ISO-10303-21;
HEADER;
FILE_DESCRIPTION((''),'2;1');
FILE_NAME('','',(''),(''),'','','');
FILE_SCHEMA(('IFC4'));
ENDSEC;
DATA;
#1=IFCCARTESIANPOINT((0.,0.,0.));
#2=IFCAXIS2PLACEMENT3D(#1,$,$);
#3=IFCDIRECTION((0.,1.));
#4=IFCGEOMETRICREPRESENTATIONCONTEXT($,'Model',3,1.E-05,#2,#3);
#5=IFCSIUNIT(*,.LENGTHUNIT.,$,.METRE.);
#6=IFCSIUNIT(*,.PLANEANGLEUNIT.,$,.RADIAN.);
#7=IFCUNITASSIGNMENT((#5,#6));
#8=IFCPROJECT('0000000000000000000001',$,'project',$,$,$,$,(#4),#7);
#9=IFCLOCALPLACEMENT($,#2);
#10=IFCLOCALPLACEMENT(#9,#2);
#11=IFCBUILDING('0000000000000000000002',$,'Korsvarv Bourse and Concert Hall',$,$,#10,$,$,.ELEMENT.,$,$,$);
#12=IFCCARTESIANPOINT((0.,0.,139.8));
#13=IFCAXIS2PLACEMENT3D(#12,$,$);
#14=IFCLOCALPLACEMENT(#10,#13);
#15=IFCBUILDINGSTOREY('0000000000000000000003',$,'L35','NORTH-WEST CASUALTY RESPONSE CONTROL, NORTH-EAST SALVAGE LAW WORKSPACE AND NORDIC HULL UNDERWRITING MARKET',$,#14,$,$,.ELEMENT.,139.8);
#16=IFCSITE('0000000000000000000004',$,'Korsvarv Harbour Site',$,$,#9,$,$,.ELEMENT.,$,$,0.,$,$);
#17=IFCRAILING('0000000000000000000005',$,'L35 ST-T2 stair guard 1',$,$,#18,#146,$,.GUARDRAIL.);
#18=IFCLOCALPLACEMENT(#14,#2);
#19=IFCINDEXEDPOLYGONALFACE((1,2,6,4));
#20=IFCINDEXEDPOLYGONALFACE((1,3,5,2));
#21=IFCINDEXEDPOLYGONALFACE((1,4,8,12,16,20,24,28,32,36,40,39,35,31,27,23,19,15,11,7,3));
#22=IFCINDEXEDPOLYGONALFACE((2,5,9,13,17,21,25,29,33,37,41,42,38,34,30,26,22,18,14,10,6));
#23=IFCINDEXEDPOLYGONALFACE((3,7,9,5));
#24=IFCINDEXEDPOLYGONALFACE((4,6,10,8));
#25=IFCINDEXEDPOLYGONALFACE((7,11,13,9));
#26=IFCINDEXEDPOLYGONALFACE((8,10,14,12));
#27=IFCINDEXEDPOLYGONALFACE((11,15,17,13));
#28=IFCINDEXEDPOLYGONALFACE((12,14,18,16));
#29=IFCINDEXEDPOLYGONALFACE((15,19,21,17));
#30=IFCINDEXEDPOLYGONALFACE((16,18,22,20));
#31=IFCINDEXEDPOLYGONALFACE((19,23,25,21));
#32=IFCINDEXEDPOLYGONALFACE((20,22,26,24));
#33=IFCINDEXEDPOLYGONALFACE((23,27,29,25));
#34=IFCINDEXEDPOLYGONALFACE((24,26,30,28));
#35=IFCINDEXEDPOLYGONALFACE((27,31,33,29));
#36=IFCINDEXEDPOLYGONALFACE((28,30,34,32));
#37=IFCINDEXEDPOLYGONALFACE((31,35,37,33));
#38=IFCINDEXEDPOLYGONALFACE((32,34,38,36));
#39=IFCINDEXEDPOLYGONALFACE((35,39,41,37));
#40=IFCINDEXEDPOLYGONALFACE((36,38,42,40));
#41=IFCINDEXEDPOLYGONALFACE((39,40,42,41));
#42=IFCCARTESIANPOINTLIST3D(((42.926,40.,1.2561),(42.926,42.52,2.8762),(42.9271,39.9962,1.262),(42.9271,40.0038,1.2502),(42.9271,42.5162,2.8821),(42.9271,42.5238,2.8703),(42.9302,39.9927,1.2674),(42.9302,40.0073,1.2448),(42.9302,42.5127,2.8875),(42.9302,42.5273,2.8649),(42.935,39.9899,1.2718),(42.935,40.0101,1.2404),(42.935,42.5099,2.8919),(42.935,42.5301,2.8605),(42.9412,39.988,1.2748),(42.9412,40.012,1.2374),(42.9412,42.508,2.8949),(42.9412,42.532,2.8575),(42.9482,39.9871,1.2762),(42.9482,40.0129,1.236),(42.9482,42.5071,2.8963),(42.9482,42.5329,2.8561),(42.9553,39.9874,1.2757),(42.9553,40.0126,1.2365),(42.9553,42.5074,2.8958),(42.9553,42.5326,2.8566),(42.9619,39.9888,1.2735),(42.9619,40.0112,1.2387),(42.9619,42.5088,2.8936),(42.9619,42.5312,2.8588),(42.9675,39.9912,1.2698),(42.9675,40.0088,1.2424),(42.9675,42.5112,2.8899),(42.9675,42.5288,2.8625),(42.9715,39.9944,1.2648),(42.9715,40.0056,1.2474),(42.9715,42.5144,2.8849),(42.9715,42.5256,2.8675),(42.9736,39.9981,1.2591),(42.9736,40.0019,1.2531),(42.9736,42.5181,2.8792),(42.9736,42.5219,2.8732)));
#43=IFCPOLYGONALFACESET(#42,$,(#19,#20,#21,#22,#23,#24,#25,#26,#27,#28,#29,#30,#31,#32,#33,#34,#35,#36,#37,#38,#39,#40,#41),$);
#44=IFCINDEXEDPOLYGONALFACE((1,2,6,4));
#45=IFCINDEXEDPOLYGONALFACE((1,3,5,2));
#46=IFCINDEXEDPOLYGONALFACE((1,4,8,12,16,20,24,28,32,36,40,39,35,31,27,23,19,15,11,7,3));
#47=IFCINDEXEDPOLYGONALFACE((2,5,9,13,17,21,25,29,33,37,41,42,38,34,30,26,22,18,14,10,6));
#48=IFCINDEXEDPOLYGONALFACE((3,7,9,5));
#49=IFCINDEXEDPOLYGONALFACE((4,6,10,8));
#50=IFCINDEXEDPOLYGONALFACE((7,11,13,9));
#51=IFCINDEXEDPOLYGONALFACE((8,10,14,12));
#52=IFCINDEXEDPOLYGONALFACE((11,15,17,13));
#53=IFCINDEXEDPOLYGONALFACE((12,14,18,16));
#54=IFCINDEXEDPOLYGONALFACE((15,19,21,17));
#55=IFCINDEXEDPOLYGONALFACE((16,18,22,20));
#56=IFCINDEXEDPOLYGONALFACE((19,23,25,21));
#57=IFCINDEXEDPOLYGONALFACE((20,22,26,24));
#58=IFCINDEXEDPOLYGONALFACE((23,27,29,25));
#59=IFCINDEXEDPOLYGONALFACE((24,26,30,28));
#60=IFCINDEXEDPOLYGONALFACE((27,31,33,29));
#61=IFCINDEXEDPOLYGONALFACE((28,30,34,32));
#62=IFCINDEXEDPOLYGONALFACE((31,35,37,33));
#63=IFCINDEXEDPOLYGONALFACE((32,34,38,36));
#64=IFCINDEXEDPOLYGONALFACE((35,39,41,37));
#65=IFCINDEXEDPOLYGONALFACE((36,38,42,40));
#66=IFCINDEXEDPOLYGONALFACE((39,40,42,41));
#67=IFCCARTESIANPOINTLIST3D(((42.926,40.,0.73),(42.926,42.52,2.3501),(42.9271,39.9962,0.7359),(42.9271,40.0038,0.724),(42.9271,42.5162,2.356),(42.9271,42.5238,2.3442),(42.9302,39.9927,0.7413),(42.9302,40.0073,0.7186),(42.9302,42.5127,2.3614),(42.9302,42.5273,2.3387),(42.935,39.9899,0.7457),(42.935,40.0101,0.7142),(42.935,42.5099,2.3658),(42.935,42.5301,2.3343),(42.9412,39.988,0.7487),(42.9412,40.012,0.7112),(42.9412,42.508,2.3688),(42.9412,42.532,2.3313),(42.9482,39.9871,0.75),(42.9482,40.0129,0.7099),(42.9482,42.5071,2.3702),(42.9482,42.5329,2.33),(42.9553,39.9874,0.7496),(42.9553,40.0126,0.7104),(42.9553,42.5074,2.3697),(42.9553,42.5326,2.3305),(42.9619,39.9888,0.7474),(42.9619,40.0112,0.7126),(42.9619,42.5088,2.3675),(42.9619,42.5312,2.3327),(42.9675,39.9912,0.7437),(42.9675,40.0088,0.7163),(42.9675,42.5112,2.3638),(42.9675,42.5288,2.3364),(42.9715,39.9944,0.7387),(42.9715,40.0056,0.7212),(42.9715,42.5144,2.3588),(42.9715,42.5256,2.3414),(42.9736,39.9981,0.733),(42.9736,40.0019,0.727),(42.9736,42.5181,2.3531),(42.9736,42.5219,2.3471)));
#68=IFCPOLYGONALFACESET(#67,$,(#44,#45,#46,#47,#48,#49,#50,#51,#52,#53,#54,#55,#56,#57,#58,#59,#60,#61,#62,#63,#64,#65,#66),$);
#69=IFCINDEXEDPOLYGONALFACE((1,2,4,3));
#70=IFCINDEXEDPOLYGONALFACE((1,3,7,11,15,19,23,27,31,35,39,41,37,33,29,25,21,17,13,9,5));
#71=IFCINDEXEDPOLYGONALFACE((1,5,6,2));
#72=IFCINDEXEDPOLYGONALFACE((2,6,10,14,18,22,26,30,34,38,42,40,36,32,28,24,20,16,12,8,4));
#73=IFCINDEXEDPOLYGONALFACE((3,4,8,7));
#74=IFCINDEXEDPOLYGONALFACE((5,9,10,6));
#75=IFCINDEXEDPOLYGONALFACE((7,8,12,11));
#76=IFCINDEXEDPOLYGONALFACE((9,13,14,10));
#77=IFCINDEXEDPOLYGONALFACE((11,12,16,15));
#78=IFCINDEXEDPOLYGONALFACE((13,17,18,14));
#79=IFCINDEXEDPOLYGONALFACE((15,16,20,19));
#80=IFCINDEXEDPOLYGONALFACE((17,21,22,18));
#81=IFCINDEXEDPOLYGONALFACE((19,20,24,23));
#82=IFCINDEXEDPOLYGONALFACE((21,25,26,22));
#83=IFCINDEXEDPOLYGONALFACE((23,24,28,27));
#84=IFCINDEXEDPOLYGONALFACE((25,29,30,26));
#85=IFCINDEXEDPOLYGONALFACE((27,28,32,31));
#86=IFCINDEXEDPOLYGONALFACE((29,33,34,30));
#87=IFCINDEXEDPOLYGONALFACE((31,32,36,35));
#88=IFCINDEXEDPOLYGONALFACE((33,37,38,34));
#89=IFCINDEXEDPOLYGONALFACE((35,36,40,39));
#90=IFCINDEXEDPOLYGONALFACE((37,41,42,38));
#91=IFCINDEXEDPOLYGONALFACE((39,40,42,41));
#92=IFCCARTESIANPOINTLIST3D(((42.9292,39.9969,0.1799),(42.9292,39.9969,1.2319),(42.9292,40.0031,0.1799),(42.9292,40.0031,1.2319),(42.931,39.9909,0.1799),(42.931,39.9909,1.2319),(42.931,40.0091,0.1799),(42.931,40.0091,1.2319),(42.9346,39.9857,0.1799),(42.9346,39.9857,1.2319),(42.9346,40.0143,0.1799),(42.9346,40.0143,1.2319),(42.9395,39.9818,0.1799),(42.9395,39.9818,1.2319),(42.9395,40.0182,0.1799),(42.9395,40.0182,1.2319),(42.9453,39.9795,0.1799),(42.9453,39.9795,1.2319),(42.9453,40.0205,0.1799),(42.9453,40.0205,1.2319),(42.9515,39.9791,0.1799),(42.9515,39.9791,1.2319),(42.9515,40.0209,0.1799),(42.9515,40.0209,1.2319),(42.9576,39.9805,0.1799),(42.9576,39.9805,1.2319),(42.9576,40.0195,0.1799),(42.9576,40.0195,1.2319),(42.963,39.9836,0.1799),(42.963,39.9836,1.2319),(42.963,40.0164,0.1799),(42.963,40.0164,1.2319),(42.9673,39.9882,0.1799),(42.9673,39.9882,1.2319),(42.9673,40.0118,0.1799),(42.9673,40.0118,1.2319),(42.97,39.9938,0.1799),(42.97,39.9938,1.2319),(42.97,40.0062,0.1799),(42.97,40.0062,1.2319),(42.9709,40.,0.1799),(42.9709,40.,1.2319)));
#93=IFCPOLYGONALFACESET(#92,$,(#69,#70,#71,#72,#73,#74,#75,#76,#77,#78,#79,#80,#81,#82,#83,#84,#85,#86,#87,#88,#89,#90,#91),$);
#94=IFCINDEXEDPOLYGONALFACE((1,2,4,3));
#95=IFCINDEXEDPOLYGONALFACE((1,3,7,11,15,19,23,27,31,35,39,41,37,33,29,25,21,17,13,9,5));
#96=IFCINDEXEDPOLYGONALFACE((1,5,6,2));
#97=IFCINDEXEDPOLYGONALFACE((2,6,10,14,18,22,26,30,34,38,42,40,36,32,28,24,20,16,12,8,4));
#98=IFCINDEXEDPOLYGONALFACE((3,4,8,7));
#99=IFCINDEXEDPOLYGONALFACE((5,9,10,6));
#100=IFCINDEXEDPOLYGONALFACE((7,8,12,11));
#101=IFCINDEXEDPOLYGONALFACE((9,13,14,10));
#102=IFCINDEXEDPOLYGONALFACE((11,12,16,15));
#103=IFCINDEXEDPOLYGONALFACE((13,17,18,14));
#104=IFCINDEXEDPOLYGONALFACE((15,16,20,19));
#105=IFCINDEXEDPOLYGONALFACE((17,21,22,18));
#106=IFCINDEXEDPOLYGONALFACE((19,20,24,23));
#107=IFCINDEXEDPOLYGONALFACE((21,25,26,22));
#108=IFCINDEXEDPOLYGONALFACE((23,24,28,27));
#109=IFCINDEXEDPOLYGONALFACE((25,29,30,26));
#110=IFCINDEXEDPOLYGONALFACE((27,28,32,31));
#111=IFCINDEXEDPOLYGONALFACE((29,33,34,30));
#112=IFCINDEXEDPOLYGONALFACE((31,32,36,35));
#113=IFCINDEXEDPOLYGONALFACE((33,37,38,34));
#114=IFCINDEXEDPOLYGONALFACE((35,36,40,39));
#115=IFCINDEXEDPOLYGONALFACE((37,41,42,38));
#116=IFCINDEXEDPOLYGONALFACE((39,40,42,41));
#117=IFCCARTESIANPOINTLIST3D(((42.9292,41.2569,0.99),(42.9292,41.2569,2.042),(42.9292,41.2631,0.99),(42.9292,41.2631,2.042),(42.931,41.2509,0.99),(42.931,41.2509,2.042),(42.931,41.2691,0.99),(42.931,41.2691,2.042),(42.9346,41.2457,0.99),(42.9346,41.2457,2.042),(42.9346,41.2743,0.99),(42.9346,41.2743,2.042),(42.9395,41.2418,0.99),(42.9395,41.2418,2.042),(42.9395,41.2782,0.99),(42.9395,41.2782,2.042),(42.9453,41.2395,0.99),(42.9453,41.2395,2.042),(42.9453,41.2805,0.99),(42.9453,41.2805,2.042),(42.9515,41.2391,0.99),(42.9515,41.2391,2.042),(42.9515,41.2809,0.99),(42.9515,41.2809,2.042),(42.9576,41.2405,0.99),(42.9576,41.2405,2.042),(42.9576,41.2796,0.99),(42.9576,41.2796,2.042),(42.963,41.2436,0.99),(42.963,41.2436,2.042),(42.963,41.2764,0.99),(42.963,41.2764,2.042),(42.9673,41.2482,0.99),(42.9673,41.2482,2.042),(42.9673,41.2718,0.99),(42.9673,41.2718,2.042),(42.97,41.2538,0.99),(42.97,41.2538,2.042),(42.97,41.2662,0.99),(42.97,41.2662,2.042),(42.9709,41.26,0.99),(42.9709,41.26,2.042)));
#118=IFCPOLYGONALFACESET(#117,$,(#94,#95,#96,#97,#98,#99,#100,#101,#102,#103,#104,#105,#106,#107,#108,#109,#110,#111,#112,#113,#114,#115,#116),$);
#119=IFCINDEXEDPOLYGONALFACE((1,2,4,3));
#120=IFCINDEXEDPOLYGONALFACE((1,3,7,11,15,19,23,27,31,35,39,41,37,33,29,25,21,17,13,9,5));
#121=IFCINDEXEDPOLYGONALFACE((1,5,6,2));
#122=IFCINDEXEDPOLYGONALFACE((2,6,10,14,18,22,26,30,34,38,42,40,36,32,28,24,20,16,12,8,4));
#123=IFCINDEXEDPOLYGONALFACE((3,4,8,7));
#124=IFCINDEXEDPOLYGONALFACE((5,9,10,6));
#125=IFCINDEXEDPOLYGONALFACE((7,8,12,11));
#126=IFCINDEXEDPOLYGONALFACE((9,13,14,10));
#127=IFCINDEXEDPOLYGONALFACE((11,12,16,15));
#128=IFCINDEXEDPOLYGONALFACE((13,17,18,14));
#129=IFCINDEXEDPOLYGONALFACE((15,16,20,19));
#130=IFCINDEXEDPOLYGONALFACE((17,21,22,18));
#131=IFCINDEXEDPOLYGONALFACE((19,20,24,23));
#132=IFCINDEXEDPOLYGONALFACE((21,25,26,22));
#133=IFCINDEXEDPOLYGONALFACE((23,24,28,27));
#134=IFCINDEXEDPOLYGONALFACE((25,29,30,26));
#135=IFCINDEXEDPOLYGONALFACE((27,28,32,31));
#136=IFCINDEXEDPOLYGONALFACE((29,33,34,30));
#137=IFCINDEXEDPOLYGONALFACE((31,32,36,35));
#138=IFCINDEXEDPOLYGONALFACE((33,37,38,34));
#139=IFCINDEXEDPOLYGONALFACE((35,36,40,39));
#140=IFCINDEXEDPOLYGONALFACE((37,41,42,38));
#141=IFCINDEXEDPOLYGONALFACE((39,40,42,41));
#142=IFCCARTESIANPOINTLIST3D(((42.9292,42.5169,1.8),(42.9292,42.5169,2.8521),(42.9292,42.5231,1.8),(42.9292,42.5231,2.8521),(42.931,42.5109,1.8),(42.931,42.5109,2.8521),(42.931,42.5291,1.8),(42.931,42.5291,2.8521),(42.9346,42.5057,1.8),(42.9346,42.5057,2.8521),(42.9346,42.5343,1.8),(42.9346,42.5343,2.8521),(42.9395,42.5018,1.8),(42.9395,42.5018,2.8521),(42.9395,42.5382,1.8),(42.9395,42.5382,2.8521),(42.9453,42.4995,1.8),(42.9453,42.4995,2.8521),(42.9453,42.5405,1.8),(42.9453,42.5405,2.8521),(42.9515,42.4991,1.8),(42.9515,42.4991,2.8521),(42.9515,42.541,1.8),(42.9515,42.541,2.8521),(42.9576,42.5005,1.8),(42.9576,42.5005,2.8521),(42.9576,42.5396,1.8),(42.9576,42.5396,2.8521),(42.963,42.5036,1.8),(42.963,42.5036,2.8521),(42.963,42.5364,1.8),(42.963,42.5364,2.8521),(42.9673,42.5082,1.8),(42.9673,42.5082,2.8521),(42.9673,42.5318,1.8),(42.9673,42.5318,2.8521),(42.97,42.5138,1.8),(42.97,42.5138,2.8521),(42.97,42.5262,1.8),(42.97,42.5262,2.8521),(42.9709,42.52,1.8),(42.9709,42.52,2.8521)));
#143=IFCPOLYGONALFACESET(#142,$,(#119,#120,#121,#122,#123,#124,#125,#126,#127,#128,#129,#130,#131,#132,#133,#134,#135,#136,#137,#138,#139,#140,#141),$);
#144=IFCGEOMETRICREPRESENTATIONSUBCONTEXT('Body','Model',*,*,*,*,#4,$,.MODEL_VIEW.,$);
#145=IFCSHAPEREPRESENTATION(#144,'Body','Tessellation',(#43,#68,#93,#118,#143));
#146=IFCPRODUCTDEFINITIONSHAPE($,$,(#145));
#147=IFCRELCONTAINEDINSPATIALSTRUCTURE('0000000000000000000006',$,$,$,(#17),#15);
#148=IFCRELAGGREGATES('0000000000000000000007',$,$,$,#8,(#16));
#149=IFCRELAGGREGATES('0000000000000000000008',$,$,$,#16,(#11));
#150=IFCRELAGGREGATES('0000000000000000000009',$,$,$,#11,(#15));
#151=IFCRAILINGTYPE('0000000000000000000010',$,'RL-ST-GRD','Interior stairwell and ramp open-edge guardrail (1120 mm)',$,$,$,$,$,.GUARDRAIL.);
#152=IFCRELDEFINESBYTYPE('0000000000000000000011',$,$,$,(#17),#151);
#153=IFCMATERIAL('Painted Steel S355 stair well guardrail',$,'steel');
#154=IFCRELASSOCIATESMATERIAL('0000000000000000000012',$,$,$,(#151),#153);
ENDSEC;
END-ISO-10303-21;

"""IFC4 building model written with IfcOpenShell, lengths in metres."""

from ifc_helpers import new_model, si_unit, direction, frame, origin, origin_2d, place, context, subcontext, project, spatial, circle, extrude, material, type_object, element, save


model = new_model("IFC4")

# Units and contexts
model_context = context("Model", 3, precision=1e-05, world=origin(), true_north=direction((0.0, 1.0)))
body_context = subcontext(model_context, "Body", "Model", "MODEL_VIEW")
ifc_project = project(units=[si_unit("LENGTHUNIT", "METRE"), si_unit("PLANEANGLEUNIT", "RADIAN")], contexts=[model_context])

# Site, building, storey
site_placement = place(None, origin())
site = spatial("IfcSite", under=ifc_project, at=site_placement, Name="Korsvarv Harbour Site", CompositionType="ELEMENT", RefElevation=0.0)
building_placement = place(site_placement, origin())
building = spatial("IfcBuilding", under=site, at=building_placement, Name="Korsvarv Bourse and Concert Hall", CompositionType="ELEMENT")
storey_placement = place(building_placement, frame((0.0, 0.0, 139.8)))
storey = spatial("IfcBuildingStorey", under=building, at=storey_placement, Name="L35", Description="NORTH-WEST CASUALTY RESPONSE CONTROL, NORTH-EAST SALVAGE LAW WORKSPACE AND NORDIC HULL UNDERWRITING MARKET", CompositionType="ELEMENT", Elevation=139.8)

# Railing
ifc_material_1 = material(Name="Painted Steel S355 stair well guardrail", Category="steel")
railing_type_1 = type_object("IfcRailingType", Name="RL-ST-GRD", Description="Interior stairwell and ramp open-edge guardrail (1120 mm)", PredefinedType="GUARDRAIL", material=ifc_material_1)
railing_1_placement = place(storey_placement, frame((42.95, 40.0, 0.1799)))
element("IfcRailing", 1, at=railing_1_placement, inside=storey, type_object=railing_type_1, Name="L35 ST-T2 stair guard 1", PredefinedType="GUARDRAIL", context=body_context, shape_type="SweptSolid", body=[
    extrude(circle(Radius=0.0239, at=origin_2d()), frame((0.0, 0.0, 1.0762), z_axis=(0.0, 0.841163, 0.540782), x_axis=(-1.0, 0.0, 0.0)), (0.0, 0.0, 1.0), 2.9958),
    extrude(circle(Radius=0.0239, at=origin_2d()), frame((0.0, 0.0, 0.55), z_axis=(0.0, 0.841163, 0.540782), x_axis=(-1.0, 0.0, 0.0)), (0.0, 0.0, 1.0), 2.9958),
    extrude(circle(Radius=0.021, at=origin_2d()), origin(), (0.0, 0.0, 1.0), 1.052),
    extrude(circle(Radius=0.021, at=origin_2d()), frame((0.0, 1.26, 0.8101)), (0.0, 0.0, 1.0), 1.052),
    extrude(circle(Radius=0.021, at=origin_2d()), frame((0.0, 2.52, 1.6201)), (0.0, 0.0, 1.0), 1.052),
])

save(model, "model.ifc")
